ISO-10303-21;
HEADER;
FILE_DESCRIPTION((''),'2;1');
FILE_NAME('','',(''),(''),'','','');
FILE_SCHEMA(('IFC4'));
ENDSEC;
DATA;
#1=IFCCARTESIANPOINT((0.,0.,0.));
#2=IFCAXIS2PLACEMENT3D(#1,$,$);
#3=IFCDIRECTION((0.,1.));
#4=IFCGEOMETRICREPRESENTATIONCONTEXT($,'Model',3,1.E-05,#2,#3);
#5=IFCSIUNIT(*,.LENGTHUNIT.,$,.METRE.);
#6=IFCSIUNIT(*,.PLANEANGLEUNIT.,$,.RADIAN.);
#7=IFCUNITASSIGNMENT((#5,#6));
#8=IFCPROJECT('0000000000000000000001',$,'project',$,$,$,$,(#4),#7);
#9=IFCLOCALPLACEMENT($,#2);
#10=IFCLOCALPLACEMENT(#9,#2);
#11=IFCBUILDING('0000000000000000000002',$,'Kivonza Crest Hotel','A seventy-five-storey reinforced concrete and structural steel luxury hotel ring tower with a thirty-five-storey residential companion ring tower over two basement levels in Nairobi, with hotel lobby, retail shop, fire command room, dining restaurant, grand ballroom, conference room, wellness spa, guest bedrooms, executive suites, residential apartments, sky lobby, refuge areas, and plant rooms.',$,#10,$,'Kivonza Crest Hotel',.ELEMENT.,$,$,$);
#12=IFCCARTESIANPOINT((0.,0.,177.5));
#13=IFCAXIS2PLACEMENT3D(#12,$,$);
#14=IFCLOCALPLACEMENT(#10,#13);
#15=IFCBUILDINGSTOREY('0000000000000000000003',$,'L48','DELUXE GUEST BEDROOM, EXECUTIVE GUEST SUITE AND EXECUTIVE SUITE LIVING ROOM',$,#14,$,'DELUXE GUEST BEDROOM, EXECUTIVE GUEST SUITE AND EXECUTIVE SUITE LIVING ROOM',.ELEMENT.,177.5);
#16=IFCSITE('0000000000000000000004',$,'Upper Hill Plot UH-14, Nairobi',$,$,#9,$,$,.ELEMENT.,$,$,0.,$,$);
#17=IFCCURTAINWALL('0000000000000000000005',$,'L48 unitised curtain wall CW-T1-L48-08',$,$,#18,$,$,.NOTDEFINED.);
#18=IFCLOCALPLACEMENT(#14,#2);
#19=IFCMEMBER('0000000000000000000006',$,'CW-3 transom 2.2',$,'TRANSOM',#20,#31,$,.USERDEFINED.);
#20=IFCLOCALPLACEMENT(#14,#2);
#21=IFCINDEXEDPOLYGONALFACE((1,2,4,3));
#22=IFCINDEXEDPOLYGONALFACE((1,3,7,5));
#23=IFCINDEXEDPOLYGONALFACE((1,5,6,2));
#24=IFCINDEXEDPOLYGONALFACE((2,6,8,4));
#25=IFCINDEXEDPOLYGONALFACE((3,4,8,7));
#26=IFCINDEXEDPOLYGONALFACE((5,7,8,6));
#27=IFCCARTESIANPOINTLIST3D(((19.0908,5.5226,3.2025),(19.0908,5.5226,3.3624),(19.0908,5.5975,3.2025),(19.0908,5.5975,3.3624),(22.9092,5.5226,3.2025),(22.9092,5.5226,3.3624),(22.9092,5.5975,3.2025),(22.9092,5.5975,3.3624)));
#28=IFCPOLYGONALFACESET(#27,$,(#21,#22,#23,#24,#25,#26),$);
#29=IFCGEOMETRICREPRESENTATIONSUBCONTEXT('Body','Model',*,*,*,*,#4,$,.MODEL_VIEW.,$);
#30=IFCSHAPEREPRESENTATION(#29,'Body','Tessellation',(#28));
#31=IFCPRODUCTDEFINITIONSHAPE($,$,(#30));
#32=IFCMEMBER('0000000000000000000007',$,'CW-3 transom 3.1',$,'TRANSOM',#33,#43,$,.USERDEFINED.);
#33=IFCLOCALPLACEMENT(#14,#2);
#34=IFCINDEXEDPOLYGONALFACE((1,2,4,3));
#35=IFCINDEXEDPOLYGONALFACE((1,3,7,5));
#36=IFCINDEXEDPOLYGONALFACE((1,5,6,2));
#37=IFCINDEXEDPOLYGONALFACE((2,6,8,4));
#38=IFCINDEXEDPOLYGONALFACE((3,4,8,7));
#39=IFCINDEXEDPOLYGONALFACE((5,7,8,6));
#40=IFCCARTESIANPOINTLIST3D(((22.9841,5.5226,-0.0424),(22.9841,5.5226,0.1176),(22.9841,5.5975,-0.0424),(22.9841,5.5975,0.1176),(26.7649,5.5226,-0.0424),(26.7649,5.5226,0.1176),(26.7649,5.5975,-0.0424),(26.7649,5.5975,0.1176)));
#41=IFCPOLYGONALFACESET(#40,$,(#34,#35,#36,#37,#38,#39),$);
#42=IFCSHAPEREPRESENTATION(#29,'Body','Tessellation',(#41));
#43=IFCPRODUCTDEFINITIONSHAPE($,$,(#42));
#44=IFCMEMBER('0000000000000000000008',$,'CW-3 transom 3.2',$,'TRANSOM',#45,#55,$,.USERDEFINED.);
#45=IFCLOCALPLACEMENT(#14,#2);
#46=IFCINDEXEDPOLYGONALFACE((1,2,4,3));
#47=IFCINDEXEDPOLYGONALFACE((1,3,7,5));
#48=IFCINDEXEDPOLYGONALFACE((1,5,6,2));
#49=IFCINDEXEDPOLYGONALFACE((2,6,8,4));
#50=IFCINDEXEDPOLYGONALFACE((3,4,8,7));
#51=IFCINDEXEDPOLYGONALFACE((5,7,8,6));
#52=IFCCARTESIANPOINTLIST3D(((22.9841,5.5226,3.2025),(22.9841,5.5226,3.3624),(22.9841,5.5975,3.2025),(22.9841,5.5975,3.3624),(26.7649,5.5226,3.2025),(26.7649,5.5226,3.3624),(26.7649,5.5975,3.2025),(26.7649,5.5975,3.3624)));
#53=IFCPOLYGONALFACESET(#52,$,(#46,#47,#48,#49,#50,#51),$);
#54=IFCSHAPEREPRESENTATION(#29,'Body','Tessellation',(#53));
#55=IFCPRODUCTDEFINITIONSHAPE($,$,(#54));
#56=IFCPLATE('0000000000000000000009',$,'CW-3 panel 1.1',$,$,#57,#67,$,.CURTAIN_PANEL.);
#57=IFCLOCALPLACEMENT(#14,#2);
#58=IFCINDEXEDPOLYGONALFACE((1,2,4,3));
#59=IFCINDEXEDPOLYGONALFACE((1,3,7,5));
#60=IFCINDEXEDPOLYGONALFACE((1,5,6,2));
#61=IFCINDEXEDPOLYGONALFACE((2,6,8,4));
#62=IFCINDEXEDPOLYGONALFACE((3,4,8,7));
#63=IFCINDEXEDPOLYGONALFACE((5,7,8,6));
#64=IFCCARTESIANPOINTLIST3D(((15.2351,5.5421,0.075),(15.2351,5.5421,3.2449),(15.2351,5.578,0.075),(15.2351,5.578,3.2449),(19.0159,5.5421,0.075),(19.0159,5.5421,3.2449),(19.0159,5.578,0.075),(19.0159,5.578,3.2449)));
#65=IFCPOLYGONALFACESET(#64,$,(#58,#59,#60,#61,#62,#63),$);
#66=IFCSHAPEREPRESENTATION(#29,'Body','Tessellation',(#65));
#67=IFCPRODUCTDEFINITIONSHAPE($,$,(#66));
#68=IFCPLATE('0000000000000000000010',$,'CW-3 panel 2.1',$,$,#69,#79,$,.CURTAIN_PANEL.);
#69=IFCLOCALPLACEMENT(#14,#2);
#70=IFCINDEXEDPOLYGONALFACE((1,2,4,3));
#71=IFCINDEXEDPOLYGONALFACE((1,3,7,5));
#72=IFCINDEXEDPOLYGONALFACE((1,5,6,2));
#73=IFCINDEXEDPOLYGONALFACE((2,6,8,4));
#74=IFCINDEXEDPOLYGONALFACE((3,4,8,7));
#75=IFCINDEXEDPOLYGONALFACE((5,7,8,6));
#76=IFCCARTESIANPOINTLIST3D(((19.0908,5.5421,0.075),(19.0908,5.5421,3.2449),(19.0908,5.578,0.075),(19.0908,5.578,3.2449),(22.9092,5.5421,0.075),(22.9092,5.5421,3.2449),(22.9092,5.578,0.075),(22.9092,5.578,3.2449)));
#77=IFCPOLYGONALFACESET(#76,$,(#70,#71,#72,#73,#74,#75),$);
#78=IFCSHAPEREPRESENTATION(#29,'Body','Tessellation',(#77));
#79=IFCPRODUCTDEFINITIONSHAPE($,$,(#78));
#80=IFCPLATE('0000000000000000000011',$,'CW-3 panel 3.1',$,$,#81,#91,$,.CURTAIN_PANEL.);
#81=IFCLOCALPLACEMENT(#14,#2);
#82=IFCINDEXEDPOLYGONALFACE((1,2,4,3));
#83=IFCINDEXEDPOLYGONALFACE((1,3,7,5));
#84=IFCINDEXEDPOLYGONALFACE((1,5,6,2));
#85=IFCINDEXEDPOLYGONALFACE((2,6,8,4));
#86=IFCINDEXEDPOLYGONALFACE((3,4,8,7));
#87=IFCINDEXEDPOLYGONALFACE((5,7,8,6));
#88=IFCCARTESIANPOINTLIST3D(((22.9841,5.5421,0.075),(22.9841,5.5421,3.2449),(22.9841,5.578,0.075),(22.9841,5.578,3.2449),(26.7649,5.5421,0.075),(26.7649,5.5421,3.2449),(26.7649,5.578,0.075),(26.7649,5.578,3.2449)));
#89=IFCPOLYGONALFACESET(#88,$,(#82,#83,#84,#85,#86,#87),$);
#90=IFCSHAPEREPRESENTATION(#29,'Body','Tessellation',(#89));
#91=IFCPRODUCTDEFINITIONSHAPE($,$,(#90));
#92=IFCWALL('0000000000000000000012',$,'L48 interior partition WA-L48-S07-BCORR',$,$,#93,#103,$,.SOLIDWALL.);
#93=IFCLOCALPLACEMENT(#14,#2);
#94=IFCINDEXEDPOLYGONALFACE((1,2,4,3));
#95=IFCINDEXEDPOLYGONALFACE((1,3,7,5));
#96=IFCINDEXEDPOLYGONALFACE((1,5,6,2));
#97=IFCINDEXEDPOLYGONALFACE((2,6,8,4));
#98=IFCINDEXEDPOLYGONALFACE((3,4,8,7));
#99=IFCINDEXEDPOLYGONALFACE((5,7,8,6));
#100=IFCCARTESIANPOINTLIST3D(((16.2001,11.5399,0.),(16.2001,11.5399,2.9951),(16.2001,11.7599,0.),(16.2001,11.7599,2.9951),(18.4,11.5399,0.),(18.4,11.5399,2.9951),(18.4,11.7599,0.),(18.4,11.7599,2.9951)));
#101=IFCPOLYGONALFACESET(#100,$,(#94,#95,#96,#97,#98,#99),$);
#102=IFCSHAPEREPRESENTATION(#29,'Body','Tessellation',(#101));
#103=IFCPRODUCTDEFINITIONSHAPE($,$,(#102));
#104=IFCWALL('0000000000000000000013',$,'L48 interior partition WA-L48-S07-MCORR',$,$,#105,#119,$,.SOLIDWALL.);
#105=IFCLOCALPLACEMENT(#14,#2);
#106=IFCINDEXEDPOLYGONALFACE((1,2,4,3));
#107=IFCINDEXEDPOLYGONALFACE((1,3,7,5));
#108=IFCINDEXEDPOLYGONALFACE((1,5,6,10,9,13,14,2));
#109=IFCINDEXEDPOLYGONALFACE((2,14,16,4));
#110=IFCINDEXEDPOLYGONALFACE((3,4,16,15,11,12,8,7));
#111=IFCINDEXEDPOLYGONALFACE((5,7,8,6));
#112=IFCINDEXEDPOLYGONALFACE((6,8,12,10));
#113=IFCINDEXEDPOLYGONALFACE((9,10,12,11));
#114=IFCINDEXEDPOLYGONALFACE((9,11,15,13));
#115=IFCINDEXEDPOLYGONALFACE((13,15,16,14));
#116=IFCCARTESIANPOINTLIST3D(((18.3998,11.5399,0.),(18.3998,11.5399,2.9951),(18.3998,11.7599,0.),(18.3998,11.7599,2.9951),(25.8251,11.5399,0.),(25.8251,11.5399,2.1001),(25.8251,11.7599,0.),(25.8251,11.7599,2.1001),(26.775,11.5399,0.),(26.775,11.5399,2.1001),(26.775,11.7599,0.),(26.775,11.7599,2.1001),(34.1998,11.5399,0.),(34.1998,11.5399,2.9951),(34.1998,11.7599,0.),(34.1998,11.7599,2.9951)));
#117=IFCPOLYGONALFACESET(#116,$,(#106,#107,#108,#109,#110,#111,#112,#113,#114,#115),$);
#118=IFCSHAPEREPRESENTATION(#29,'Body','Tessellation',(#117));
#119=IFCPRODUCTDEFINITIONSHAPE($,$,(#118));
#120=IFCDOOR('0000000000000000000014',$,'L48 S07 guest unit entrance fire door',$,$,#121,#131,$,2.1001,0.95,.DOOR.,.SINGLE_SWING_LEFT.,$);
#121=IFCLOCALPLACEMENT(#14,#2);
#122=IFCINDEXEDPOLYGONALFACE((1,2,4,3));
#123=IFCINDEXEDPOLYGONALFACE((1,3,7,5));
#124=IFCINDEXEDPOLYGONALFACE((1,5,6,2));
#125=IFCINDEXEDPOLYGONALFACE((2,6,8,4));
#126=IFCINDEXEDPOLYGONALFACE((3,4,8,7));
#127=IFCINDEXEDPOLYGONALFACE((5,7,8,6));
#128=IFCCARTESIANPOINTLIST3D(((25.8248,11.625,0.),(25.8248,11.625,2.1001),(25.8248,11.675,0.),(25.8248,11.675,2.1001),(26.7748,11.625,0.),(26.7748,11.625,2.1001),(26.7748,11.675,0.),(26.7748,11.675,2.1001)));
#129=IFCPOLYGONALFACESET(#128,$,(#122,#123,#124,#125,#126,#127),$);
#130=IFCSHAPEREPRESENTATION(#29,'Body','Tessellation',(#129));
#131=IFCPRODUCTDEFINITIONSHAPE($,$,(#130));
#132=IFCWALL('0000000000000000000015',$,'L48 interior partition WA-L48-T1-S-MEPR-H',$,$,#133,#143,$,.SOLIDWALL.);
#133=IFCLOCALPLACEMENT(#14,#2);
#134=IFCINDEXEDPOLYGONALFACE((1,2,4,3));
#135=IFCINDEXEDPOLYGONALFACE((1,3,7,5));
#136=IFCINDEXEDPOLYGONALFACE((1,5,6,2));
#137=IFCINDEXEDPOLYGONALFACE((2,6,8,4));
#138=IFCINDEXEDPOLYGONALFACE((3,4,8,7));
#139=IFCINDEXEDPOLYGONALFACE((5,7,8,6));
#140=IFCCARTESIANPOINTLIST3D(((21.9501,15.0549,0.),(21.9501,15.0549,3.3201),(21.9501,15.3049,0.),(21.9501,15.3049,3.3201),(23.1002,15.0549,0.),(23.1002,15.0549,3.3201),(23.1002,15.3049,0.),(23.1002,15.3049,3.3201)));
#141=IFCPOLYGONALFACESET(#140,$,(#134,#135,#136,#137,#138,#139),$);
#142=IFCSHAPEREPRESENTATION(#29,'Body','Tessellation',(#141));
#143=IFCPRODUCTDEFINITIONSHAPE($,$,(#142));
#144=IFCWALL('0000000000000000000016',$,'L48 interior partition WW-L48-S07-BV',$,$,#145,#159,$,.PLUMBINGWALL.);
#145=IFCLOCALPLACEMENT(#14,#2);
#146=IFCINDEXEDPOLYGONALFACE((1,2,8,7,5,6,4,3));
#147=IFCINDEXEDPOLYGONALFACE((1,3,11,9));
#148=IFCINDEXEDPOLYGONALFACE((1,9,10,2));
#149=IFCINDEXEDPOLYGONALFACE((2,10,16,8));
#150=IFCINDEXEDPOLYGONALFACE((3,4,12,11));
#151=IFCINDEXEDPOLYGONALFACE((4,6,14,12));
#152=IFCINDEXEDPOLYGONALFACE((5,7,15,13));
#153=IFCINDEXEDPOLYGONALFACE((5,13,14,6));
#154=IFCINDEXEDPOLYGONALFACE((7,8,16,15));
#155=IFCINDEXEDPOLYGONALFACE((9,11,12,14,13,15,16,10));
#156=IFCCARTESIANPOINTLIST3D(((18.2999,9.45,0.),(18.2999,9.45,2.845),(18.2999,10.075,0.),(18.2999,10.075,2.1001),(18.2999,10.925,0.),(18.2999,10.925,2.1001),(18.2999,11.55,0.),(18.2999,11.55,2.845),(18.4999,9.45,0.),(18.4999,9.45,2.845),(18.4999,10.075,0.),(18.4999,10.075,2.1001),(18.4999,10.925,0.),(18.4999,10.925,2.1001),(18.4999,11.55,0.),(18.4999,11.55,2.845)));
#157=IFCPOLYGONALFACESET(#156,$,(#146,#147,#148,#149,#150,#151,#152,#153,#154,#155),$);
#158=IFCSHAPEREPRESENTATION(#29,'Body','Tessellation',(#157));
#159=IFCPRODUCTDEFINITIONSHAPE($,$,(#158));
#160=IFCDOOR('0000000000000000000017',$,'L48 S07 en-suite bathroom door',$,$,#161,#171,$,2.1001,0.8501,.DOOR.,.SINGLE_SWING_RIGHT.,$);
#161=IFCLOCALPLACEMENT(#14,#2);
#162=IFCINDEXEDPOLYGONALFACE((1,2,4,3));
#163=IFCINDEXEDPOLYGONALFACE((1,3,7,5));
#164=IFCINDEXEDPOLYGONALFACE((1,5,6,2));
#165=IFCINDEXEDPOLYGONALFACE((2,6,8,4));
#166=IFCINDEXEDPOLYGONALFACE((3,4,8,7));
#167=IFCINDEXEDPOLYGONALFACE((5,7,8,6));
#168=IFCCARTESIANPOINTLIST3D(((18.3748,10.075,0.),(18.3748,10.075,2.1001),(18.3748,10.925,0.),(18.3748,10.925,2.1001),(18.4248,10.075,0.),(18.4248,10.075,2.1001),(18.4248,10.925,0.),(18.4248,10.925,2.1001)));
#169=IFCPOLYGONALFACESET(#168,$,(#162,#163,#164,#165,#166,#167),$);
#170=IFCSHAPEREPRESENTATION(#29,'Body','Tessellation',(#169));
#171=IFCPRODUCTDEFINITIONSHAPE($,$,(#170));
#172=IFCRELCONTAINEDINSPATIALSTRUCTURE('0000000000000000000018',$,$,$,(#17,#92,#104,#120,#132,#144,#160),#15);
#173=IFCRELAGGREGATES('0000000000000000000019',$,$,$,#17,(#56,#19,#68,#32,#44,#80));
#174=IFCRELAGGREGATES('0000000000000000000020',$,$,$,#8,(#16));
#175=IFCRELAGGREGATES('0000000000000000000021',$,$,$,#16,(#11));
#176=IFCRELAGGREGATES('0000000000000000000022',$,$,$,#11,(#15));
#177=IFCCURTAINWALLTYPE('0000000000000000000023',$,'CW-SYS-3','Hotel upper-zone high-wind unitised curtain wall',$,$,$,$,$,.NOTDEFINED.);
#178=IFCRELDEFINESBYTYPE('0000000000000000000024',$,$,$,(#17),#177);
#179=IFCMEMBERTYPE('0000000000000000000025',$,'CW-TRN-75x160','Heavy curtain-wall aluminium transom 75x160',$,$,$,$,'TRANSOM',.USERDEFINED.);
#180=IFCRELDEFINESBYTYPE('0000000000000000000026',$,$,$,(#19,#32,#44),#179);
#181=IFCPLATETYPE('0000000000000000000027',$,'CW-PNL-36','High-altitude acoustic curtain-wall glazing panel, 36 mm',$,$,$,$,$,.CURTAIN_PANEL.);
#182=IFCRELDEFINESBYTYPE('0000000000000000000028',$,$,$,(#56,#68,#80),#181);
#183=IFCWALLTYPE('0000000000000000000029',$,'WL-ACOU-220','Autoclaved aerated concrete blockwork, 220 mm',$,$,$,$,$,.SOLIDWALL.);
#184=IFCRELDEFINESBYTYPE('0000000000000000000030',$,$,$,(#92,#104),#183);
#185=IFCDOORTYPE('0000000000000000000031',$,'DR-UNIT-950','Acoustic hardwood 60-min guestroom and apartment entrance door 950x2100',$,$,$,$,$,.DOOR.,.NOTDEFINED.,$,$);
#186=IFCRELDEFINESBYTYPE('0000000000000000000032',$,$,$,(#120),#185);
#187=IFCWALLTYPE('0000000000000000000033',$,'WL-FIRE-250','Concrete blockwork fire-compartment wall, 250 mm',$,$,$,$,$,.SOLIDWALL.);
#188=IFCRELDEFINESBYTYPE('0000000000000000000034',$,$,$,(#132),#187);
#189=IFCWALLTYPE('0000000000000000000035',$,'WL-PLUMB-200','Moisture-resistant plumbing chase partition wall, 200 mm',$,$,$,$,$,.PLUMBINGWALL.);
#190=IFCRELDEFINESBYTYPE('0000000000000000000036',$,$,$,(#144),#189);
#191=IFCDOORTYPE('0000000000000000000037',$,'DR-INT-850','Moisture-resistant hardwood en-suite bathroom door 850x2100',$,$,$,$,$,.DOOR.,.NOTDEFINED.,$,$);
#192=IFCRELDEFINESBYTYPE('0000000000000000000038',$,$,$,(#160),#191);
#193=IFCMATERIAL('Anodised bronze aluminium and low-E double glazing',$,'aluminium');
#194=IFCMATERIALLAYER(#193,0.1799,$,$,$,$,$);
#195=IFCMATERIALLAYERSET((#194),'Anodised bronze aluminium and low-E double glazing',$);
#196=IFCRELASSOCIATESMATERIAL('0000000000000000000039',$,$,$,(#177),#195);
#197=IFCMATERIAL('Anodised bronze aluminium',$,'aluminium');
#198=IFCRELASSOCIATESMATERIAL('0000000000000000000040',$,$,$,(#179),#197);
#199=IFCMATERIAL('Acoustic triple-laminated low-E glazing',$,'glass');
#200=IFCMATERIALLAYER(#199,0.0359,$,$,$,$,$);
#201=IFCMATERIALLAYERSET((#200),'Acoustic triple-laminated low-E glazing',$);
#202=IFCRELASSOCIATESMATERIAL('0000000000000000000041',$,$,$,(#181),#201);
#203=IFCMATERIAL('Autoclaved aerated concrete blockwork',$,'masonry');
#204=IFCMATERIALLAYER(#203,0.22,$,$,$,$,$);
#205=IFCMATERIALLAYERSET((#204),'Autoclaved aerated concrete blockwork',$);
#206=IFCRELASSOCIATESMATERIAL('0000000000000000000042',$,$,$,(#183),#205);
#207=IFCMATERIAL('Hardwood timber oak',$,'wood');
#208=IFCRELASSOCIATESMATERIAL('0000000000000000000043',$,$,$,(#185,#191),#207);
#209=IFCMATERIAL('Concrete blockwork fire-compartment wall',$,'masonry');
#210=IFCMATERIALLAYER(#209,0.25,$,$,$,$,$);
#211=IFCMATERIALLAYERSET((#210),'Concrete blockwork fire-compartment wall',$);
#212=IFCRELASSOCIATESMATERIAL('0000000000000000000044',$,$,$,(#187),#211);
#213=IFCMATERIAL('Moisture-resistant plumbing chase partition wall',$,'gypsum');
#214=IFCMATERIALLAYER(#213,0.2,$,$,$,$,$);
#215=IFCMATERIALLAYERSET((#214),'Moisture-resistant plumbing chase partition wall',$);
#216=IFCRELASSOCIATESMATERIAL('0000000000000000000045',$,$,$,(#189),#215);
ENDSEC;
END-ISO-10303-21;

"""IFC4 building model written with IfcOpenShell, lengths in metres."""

from ifc_helpers import new_model, si_unit, direction, frame, frame_2d, origin, origin_2d, place, context, subcontext, project, spatial, rectangle, extrude, material, layer, layer_set, material_profile, profile_set, type_object, element, fill, aggregate, save


model = new_model("IFC4")

# Units and contexts
model_context = context("Model", 3, precision=1e-05, world=origin(), true_north=direction((0.0, 1.0)))
body_context = subcontext(model_context, "Body", "Model", "MODEL_VIEW")
ifc_project = project(units=[si_unit("LENGTHUNIT", "METRE"), si_unit("PLANEANGLEUNIT", "RADIAN")], contexts=[model_context])

# Site, building, storey
site_placement = place(None, origin())
site = spatial("IfcSite", under=ifc_project, at=site_placement, Name="Upper Hill Plot UH-14, Nairobi", CompositionType="ELEMENT", RefElevation=0.0)
building_placement = place(site_placement, origin())
building = spatial("IfcBuilding", under=site, at=building_placement, Name="Kivonza Crest Hotel", Description="A seventy-five-storey reinforced concrete and structural steel luxury hotel ring tower with a thirty-five-storey residential companion ring tower over two basement levels in Nairobi, with hotel lobby, retail shop, fire command room, dining restaurant, grand ballroom, conference room, wellness spa, guest bedrooms, executive suites, residential apartments, sky lobby, refuge areas, and plant rooms.", LongName="Kivonza Crest Hotel", CompositionType="ELEMENT")
storey_placement = place(building_placement, frame((0.0, 0.0, 177.5)))
storey = spatial("IfcBuildingStorey", under=building, at=storey_placement, Name="L48", Description="DELUXE GUEST BEDROOM, EXECUTIVE GUEST SUITE AND EXECUTIVE SUITE LIVING ROOM", LongName="DELUXE GUEST BEDROOM, EXECUTIVE GUEST SUITE AND EXECUTIVE SUITE LIVING ROOM", CompositionType="ELEMENT", Elevation=177.5)

# Curtain wall, members, plates
ifc_material_1 = material(Name="Anodised bronze aluminium and low-E double glazing", Category="aluminium")
ifc_layer_1 = layer(ifc_material_1, 0.1799)
ifc_layer_set_1 = layer_set([ifc_layer_1], Name="Anodised bronze aluminium and low-E double glazing")
curtain_wall_type = type_object("IfcCurtainWallType", Name="CW-SYS-3", Description="Hotel upper-zone high-wind unitised curtain wall", PredefinedType="NOTDEFINED", material=ifc_layer_set_1)
curtain_wall_placement = place(storey_placement, origin())
curtain_wall = element("IfcCurtainWall", 1, at=curtain_wall_placement, inside=storey, type_object=curtain_wall_type, Name="L48 unitised curtain wall CW-T1-L48-08", PredefinedType="NOTDEFINED")
ifc_material_2 = material(Name="Anodised bronze aluminium", Category="aluminium")
ifc_material_profile_1 = material_profile(ifc_material_2, rectangle(XDim=0.075, YDim=0.1599, at=origin_2d()), Name="CW-T 75x160")
ifc_profile_set_1 = profile_set([ifc_material_profile_1], Name="Anodised bronze aluminium")
member_type_1 = type_object("IfcMemberType", Name="CW-TRN-75x160", Description="Heavy curtain-wall aluminium transom 75x160", ElementType="TRANSOM", PredefinedType="USERDEFINED", material=ifc_profile_set_1)
member_1_placement = place(storey_placement, frame((19.0908, 5.5601, 3.2825), z_axis=(1.0, 0.0, 0.0), x_axis=(0.0, 1.0, 0.0)))
member_1 = element("IfcMember", 2, at=member_1_placement, type_object=member_type_1, Name="CW-3 transom 2.2", ObjectType="TRANSOM", PredefinedType="USERDEFINED", context=body_context, shape_type="SweptSolid", body=[
    extrude(rectangle(XDim=0.075, YDim=0.1599, at=origin_2d()), origin(), (0.0, 0.0, 1.0), 3.8184),
])
member_2_placement = place(storey_placement, frame((22.9841, 5.5601, 0.0376), z_axis=(1.0, 0.0, 0.0), x_axis=(0.0, 1.0, 0.0)))
member_2 = element("IfcMember", 3, at=member_2_placement, type_object=member_type_1, Name="CW-3 transom 3.1", ObjectType="TRANSOM", PredefinedType="USERDEFINED", context=body_context, shape_type="SweptSolid", body=[
    extrude(rectangle(XDim=0.075, YDim=0.1599, at=origin_2d()), origin(), (0.0, 0.0, 1.0), 3.7808),
])
member_3_placement = place(storey_placement, frame((22.9841, 5.5601, 3.2825), z_axis=(1.0, 0.0, 0.0), x_axis=(0.0, 1.0, 0.0)))
member_3 = element("IfcMember", 4, at=member_3_placement, type_object=member_type_1, Name="CW-3 transom 3.2", ObjectType="TRANSOM", PredefinedType="USERDEFINED", context=body_context, shape_type="SweptSolid", body=[
    extrude(rectangle(XDim=0.075, YDim=0.1599, at=origin_2d()), origin(), (0.0, 0.0, 1.0), 3.7808),
])
ifc_material_3 = material(Name="Acoustic triple-laminated low-E glazing", Category="glass")
ifc_layer_2 = layer(ifc_material_3, 0.0359)
ifc_layer_set_2 = layer_set([ifc_layer_2], Name="Acoustic triple-laminated low-E glazing")
plate_type = type_object("IfcPlateType", Name="CW-PNL-36", Description="High-altitude acoustic curtain-wall glazing panel, 36 mm", PredefinedType="CURTAIN_PANEL", material=ifc_layer_set_2)
plate_1_placement = place(storey_placement, frame((17.1255, 5.5601, 0.075), z_axis=(0.0, 0.0, 1.0), x_axis=(1.0, 0.0, 0.0)))
plate_1 = element("IfcPlate", 5, at=plate_1_placement, type_object=plate_type, Name="CW-3 panel 1.1", PredefinedType="CURTAIN_PANEL", context=body_context, shape_type="SweptSolid", body=[
    extrude(rectangle(XDim=3.7808, YDim=0.0359, at=origin_2d()), origin(), (0.0, 0.0, 1.0), 3.1699),
])
plate_2_placement = place(storey_placement, frame((21.0, 5.5601, 0.075), z_axis=(0.0, 0.0, 1.0), x_axis=(1.0, 0.0, 0.0)))
plate_2 = element("IfcPlate", 6, at=plate_2_placement, type_object=plate_type, Name="CW-3 panel 2.1", PredefinedType="CURTAIN_PANEL", context=body_context, shape_type="SweptSolid", body=[
    extrude(rectangle(XDim=3.8184, YDim=0.0359, at=origin_2d()), origin(), (0.0, 0.0, 1.0), 3.1699),
])
plate_3_placement = place(storey_placement, frame((24.8745, 5.5601, 0.075), z_axis=(0.0, 0.0, 1.0), x_axis=(1.0, 0.0, 0.0)))
plate_3 = element("IfcPlate", 7, at=plate_3_placement, type_object=plate_type, Name="CW-3 panel 3.1", PredefinedType="CURTAIN_PANEL", context=body_context, shape_type="SweptSolid", body=[
    extrude(rectangle(XDim=3.7808, YDim=0.0359, at=origin_2d()), origin(), (0.0, 0.0, 1.0), 3.1699),
])
aggregate(curtain_wall, [plate_1, member_1, plate_2, member_2, member_3, plate_3])

# Wall
ifc_material_4 = material(Name="Autoclaved aerated concrete blockwork", Category="masonry")
ifc_layer_3 = layer(ifc_material_4, 0.22)
ifc_layer_set_3 = layer_set([ifc_layer_3], Name="Autoclaved aerated concrete blockwork")
wall_type_1 = type_object("IfcWallType", Name="WL-ACOU-220", Description="Autoclaved aerated concrete blockwork, 220 mm", PredefinedType="SOLIDWALL", material=ifc_layer_set_3)
wall_1_placement = place(storey_placement, frame((16.2, 11.6499, 0.0), z_axis=(0.0, 0.0, 1.0), x_axis=(1.0, 0.0, 0.0)))
element("IfcWall", 8, at=wall_1_placement, inside=storey, type_object=wall_type_1, Name="L48 interior partition WA-L48-S07-BCORR", PredefinedType="SOLIDWALL", context=body_context, shape_type="SweptSolid", body=[
    extrude(rectangle(XDim=2.2, YDim=0.22, at=frame_2d((1.1001, 0.0))), origin(), (0.0, 0.0, 1.0), 2.9951),
])

# Wall, opening, door
wall_2_placement = place(storey_placement, frame((18.3999, 11.6499, 0.0), z_axis=(0.0, 0.0, 1.0), x_axis=(1.0, 0.0, 0.0)))
wall_2 = element("IfcWall", 9, at=wall_2_placement, inside=storey, type_object=wall_type_1, Name="L48 interior partition WA-L48-S07-MCORR", PredefinedType="SOLIDWALL", context=body_context, shape_type="SweptSolid", body=[
    extrude(rectangle(XDim=15.8, YDim=0.22, at=frame_2d((7.8999, 0.0))), origin(), (0.0, 0.0, 1.0), 2.9951),
])
opening_1_placement = place(wall_2_placement, frame((7.425, 0.0, 0.0)))
opening_1 = element("IfcOpeningElement", 10, at=opening_1_placement, cuts=wall_2, PredefinedType="OPENING", context=body_context, shape_type="SweptSolid", body=[
    extrude(rectangle(XDim=0.95, YDim=2.1001, at=frame_2d((0.4751, 1.05))), frame((0.0, 0.1201, 0.0), z_axis=(0.0, -1.0, 0.0), x_axis=(1.0, 0.0, 0.0)), (0.0, 0.0, 1.0), 0.24),
])
ifc_material_5 = material(Name="Hardwood timber oak", Category="wood")
door_type_1 = type_object("IfcDoorType", Name="DR-UNIT-950", Description="Acoustic hardwood 60-min guestroom and apartment entrance door 950x2100", OperationType="NOTDEFINED", PredefinedType="DOOR", material=ifc_material_5)
door_1_placement = place(opening_1_placement, frame((0.95, 0.0, 0.0), z_axis=(0.0, 0.0, 1.0), x_axis=(-1.0, 0.0, 0.0)))
door_1 = element("IfcDoor", 11, at=door_1_placement, inside=storey, type_object=door_type_1, Name="L48 S07 guest unit entrance fire door", OperationType="SINGLE_SWING_LEFT", OverallHeight=2.1001, OverallWidth=0.95, PredefinedType="DOOR", context=body_context, shape_type="SweptSolid", body=[
    extrude(rectangle(XDim=0.95, YDim=2.1001, at=frame_2d((0.4751, 1.05))), frame((0.0, 0.0249, 0.0), z_axis=(0.0, -1.0, 0.0), x_axis=(1.0, 0.0, 0.0)), (0.0, 0.0, 1.0), 0.05),
])
fill(opening_1, door_1)

# Wall
ifc_material_6 = material(Name="Concrete blockwork fire-compartment wall", Category="masonry")
ifc_layer_4 = layer(ifc_material_6, 0.25)
ifc_layer_set_4 = layer_set([ifc_layer_4], Name="Concrete blockwork fire-compartment wall")
wall_type_2 = type_object("IfcWallType", Name="WL-FIRE-250", Description="Concrete blockwork fire-compartment wall, 250 mm", PredefinedType="SOLIDWALL", material=ifc_layer_set_4)
wall_3_placement = place(storey_placement, frame((21.95, 15.1799, 0.0), z_axis=(0.0, 0.0, 1.0), x_axis=(1.0, 0.0, 0.0)))
element("IfcWall", 12, at=wall_3_placement, inside=storey, type_object=wall_type_2, Name="L48 interior partition WA-L48-T1-S-MEPR-H", PredefinedType="SOLIDWALL", context=body_context, shape_type="SweptSolid", body=[
    extrude(rectangle(XDim=1.1501, YDim=0.25, at=frame_2d((0.5752, 0.0))), origin(), (0.0, 0.0, 1.0), 3.3201),
])

# Wall, opening, door
ifc_material_7 = material(Name="Moisture-resistant plumbing chase partition wall", Category="gypsum")
ifc_layer_5 = layer(ifc_material_7, 0.2)
ifc_layer_set_5 = layer_set([ifc_layer_5], Name="Moisture-resistant plumbing chase partition wall")
wall_type_3 = type_object("IfcWallType", Name="WL-PLUMB-200", Description="Moisture-resistant plumbing chase partition wall, 200 mm", PredefinedType="PLUMBINGWALL", material=ifc_layer_set_5)
wall_4_placement = place(storey_placement, frame((18.3999, 9.45, 0.0), z_axis=(0.0, 0.0, 1.0), x_axis=(0.0, 1.0, 0.0)))
wall_4 = element("IfcWall", 13, at=wall_4_placement, inside=storey, type_object=wall_type_3, Name="L48 interior partition WW-L48-S07-BV", PredefinedType="PLUMBINGWALL", context=body_context, shape_type="SweptSolid", body=[
    extrude(rectangle(XDim=2.1001, YDim=0.2, at=frame_2d((1.05, 0.0))), origin(), (0.0, 0.0, 1.0), 2.845),
])
opening_2_placement = place(wall_4_placement, frame((0.625, 0.0, 0.0)))
opening_2 = element("IfcOpeningElement", 14, at=opening_2_placement, cuts=wall_4, PredefinedType="OPENING", context=body_context, shape_type="SweptSolid", body=[
    extrude(rectangle(XDim=0.8501, YDim=2.1001, at=frame_2d((0.425, 1.05))), frame((0.0, 0.1099, 0.0), z_axis=(0.0, -1.0, 0.0), x_axis=(1.0, 0.0, 0.0)), (0.0, 0.0, 1.0), 0.22),
])
door_type_2 = type_object("IfcDoorType", Name="DR-INT-850", Description="Moisture-resistant hardwood en-suite bathroom door 850x2100", OperationType="NOTDEFINED", PredefinedType="DOOR", material=ifc_material_5)
door_2_placement = place(opening_2_placement, frame((0.8501, 0.0, 0.0), z_axis=(0.0, 0.0, 1.0), x_axis=(-1.0, 0.0, 0.0)))
door_2 = element("IfcDoor", 15, at=door_2_placement, inside=storey, type_object=door_type_2, Name="L48 S07 en-suite bathroom door", OperationType="SINGLE_SWING_RIGHT", OverallHeight=2.1001, OverallWidth=0.8501, PredefinedType="DOOR", context=body_context, shape_type="SweptSolid", body=[
    extrude(rectangle(XDim=0.8501, YDim=2.1001, at=frame_2d((0.425, 1.05))), frame((0.0, 0.0249, 0.0), z_axis=(0.0, -1.0, 0.0), x_axis=(1.0, 0.0, 0.0)), (0.0, 0.0, 1.0), 0.05),
])
fill(opening_2, door_2)

save(model, "model.ifc")
